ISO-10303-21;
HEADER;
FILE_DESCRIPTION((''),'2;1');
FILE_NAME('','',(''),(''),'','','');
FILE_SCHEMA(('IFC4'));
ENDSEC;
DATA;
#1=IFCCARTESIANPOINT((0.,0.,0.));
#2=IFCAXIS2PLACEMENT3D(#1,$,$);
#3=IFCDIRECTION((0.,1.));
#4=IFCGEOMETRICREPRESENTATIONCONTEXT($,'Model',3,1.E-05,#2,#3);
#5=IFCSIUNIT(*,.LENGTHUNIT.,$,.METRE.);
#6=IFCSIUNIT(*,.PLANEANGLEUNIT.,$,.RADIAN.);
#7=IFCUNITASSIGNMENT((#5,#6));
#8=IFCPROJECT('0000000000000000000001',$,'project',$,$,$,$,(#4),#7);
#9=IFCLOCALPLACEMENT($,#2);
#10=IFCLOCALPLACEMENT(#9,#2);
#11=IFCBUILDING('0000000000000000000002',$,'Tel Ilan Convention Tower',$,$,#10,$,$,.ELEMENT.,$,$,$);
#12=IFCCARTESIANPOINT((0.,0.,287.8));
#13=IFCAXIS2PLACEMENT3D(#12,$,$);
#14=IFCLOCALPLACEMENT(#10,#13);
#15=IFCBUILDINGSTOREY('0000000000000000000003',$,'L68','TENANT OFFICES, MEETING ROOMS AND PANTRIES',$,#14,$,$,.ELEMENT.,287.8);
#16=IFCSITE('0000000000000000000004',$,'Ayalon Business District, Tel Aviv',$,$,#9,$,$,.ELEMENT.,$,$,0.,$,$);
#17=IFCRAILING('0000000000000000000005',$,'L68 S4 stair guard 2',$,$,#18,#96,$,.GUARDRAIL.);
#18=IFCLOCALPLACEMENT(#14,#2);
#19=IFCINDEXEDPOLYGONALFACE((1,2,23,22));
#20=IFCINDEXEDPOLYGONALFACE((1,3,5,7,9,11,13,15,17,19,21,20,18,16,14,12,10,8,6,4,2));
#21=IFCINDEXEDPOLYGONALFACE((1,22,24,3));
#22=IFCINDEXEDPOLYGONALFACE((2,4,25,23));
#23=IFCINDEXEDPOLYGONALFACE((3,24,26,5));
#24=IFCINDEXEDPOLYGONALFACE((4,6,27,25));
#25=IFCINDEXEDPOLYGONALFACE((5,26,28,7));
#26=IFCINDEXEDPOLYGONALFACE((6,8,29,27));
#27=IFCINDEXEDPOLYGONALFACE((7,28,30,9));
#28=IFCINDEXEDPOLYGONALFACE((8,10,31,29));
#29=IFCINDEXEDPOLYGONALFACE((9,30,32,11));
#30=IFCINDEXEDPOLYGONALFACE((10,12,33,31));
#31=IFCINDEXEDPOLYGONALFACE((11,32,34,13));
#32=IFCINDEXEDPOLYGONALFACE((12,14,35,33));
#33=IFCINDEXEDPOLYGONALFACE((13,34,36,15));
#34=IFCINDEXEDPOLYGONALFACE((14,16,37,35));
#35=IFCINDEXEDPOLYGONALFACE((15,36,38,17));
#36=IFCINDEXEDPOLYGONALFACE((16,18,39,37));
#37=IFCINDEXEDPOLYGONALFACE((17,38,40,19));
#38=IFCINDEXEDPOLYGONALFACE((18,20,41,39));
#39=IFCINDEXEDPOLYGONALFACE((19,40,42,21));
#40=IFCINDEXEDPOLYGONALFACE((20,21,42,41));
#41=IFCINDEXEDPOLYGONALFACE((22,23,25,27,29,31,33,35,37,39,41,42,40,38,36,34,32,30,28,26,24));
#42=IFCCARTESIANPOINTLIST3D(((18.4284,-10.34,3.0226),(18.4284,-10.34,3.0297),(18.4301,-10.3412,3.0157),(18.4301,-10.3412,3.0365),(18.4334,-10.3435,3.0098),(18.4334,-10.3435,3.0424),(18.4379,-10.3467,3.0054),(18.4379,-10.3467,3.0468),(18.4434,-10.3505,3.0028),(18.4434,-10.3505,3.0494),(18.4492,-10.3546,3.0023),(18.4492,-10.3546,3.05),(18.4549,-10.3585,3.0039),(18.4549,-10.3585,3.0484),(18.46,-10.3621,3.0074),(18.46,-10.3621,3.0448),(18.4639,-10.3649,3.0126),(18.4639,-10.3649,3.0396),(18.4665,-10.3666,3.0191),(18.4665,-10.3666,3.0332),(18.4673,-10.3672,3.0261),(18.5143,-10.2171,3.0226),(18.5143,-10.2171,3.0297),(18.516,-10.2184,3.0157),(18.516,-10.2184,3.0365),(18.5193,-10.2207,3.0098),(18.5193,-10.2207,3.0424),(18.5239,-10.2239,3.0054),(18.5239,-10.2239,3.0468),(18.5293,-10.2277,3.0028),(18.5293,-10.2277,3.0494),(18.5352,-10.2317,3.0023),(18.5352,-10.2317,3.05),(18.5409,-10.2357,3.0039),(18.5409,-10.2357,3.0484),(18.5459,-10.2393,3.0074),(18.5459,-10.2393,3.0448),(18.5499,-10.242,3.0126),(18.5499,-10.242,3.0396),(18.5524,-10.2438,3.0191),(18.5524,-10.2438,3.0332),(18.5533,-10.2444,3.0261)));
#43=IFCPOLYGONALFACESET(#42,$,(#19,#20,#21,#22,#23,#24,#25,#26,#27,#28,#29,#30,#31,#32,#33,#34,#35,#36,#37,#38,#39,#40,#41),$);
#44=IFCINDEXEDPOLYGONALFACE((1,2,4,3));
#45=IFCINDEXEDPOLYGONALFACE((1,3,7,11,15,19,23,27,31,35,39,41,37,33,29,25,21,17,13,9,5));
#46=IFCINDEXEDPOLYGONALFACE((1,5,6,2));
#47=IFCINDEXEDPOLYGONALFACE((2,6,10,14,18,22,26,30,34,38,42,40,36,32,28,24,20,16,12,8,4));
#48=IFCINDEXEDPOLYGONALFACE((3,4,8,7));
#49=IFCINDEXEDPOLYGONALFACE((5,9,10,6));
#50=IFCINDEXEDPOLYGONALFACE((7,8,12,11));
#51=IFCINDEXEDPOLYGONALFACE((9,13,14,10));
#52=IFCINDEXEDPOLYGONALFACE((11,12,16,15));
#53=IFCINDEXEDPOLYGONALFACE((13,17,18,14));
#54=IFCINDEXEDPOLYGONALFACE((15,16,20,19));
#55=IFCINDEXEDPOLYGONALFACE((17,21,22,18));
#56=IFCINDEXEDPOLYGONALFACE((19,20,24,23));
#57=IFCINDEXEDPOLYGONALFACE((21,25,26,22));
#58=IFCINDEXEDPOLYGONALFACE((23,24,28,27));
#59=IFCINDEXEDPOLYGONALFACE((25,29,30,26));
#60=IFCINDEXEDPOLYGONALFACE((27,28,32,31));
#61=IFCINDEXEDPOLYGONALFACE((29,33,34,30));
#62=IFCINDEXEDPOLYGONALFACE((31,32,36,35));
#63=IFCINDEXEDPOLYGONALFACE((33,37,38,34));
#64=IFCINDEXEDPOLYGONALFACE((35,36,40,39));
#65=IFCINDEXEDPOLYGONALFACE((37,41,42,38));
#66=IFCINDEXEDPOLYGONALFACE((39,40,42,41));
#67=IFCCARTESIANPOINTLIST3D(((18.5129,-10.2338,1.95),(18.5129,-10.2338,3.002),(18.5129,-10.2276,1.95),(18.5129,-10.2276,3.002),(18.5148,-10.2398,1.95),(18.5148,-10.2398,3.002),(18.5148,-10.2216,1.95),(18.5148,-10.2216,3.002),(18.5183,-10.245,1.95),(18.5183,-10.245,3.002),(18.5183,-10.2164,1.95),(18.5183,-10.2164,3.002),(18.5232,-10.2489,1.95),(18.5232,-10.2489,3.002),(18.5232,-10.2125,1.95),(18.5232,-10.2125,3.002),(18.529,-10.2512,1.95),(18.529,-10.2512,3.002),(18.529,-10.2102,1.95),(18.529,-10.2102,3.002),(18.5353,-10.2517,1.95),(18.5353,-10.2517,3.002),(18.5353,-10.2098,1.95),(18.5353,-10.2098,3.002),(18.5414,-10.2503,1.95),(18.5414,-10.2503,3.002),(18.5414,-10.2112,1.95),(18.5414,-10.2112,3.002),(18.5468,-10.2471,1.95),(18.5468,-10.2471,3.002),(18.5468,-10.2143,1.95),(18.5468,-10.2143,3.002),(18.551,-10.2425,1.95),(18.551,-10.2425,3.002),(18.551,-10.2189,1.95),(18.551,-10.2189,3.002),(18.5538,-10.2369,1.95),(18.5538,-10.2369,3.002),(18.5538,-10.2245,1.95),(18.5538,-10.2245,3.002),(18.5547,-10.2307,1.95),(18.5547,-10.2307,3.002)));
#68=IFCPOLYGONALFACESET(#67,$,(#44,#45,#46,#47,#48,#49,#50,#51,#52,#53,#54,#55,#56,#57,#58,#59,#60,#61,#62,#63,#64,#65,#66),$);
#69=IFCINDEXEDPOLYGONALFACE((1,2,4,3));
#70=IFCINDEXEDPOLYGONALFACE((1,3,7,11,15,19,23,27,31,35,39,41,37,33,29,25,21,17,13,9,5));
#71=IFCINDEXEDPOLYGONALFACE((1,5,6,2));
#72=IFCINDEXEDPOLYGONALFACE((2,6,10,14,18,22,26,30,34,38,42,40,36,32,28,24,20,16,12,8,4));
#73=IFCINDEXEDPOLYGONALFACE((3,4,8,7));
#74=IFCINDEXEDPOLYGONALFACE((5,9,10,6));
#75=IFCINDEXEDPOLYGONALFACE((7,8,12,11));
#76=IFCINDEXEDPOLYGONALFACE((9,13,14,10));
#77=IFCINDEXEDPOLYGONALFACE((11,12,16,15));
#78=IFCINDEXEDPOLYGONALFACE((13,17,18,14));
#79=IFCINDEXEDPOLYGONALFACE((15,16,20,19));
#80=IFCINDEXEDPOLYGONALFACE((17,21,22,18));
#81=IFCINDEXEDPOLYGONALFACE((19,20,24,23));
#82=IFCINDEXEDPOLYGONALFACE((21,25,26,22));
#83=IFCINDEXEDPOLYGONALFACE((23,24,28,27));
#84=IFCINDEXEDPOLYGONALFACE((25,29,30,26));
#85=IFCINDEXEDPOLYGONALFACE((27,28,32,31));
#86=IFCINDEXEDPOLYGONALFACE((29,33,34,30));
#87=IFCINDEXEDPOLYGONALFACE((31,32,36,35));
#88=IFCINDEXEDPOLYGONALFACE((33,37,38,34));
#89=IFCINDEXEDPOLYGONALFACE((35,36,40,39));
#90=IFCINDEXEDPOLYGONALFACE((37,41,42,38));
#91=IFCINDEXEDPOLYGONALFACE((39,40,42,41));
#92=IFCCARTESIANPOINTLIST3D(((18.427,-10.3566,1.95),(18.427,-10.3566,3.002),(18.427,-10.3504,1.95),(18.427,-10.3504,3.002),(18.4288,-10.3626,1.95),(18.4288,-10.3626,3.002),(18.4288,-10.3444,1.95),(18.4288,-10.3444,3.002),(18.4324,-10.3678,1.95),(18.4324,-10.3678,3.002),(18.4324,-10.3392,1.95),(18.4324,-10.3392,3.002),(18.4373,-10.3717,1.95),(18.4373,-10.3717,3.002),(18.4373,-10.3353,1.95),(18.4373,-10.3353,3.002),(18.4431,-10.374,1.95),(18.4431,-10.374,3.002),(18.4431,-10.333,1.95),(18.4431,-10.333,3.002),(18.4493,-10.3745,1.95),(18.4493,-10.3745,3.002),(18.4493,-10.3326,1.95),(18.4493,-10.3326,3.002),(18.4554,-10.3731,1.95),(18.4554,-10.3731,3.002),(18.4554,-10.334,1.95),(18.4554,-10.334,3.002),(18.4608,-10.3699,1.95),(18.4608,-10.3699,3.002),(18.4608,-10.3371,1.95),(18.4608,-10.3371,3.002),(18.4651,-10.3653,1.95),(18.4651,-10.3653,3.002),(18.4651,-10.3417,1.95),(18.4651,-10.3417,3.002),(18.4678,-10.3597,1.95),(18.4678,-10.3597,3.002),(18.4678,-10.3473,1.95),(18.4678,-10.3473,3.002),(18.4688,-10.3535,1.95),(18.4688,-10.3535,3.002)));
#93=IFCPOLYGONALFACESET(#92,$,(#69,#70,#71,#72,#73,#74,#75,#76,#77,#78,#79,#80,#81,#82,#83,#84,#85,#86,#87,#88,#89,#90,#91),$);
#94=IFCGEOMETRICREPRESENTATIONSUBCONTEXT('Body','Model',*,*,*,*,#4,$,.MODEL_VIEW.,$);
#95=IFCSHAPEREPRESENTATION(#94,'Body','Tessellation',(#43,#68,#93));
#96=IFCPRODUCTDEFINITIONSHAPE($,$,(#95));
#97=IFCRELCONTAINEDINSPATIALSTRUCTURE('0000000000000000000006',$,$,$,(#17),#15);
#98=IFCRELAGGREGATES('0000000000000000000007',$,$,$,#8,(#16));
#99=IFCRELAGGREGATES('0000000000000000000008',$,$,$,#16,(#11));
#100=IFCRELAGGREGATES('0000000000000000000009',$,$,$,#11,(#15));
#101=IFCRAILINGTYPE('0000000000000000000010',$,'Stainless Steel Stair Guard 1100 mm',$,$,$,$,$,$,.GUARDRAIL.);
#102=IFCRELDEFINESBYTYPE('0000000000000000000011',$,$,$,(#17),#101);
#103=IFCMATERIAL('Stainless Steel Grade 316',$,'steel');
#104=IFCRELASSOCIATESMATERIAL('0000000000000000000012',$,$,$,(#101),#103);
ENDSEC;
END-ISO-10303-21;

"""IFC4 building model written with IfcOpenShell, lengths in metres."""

from ifc_helpers import new_model, si_unit, direction, frame, origin, origin_2d, place, context, subcontext, project, spatial, circle, extrude, material, type_object, element, save


model = new_model("IFC4")

# Units and contexts
model_context = context("Model", 3, precision=1e-05, world=origin(), true_north=direction((0.0, 1.0)))
body_context = subcontext(model_context, "Body", "Model", "MODEL_VIEW")
ifc_project = project(units=[si_unit("LENGTHUNIT", "METRE"), si_unit("PLANEANGLEUNIT", "RADIAN")], contexts=[model_context])

# Site, building, storey
site_placement = place(None, origin())
site = spatial("IfcSite", under=ifc_project, at=site_placement, Name="Ayalon Business District, Tel Aviv", CompositionType="ELEMENT", RefElevation=0.0)
building_placement = place(site_placement, origin())
building = spatial("IfcBuilding", under=site, at=building_placement, Name="Tel Ilan Convention Tower", CompositionType="ELEMENT")
storey_placement = place(building_placement, frame((0.0, 0.0, 287.8)))
storey = spatial("IfcBuildingStorey", under=building, at=storey_placement, Name="L68", Description="TENANT OFFICES, MEETING ROOMS AND PANTRIES", CompositionType="ELEMENT", Elevation=287.8)

# Railing
ifc_material_1 = material(Name="Stainless Steel Grade 316", Category="steel")
railing_type_1 = type_object("IfcRailingType", Name="Stainless Steel Stair Guard 1100 mm", PredefinedType="GUARDRAIL", material=ifc_material_1)
railing_1_placement = place(storey_placement, frame((18.5337, -10.2307, 1.95)))
element("IfcRailing", 1, at=railing_1_placement, inside=storey, type_object=railing_type_1, Name="L68 S4 stair guard 2", PredefinedType="GUARDRAIL", context=body_context, shape_type="SweptSolid", body=[
    extrude(circle(Radius=0.0239, at=origin_2d()), frame((0.0, 0.0, 1.0762), z_axis=(-0.573353, -0.819308, 0.0), x_axis=(0.819308, -0.573353, 0.0)), (0.0, 0.0, 1.0), 0.1499),
    extrude(circle(Radius=0.021, at=origin_2d()), origin(), (0.0, 0.0, 1.0), 1.052),
    extrude(circle(Radius=0.021, at=origin_2d()), frame((-0.0859, -0.1228, 0.0)), (0.0, 0.0, 1.0), 1.052),
])

save(model, "model.ifc")
